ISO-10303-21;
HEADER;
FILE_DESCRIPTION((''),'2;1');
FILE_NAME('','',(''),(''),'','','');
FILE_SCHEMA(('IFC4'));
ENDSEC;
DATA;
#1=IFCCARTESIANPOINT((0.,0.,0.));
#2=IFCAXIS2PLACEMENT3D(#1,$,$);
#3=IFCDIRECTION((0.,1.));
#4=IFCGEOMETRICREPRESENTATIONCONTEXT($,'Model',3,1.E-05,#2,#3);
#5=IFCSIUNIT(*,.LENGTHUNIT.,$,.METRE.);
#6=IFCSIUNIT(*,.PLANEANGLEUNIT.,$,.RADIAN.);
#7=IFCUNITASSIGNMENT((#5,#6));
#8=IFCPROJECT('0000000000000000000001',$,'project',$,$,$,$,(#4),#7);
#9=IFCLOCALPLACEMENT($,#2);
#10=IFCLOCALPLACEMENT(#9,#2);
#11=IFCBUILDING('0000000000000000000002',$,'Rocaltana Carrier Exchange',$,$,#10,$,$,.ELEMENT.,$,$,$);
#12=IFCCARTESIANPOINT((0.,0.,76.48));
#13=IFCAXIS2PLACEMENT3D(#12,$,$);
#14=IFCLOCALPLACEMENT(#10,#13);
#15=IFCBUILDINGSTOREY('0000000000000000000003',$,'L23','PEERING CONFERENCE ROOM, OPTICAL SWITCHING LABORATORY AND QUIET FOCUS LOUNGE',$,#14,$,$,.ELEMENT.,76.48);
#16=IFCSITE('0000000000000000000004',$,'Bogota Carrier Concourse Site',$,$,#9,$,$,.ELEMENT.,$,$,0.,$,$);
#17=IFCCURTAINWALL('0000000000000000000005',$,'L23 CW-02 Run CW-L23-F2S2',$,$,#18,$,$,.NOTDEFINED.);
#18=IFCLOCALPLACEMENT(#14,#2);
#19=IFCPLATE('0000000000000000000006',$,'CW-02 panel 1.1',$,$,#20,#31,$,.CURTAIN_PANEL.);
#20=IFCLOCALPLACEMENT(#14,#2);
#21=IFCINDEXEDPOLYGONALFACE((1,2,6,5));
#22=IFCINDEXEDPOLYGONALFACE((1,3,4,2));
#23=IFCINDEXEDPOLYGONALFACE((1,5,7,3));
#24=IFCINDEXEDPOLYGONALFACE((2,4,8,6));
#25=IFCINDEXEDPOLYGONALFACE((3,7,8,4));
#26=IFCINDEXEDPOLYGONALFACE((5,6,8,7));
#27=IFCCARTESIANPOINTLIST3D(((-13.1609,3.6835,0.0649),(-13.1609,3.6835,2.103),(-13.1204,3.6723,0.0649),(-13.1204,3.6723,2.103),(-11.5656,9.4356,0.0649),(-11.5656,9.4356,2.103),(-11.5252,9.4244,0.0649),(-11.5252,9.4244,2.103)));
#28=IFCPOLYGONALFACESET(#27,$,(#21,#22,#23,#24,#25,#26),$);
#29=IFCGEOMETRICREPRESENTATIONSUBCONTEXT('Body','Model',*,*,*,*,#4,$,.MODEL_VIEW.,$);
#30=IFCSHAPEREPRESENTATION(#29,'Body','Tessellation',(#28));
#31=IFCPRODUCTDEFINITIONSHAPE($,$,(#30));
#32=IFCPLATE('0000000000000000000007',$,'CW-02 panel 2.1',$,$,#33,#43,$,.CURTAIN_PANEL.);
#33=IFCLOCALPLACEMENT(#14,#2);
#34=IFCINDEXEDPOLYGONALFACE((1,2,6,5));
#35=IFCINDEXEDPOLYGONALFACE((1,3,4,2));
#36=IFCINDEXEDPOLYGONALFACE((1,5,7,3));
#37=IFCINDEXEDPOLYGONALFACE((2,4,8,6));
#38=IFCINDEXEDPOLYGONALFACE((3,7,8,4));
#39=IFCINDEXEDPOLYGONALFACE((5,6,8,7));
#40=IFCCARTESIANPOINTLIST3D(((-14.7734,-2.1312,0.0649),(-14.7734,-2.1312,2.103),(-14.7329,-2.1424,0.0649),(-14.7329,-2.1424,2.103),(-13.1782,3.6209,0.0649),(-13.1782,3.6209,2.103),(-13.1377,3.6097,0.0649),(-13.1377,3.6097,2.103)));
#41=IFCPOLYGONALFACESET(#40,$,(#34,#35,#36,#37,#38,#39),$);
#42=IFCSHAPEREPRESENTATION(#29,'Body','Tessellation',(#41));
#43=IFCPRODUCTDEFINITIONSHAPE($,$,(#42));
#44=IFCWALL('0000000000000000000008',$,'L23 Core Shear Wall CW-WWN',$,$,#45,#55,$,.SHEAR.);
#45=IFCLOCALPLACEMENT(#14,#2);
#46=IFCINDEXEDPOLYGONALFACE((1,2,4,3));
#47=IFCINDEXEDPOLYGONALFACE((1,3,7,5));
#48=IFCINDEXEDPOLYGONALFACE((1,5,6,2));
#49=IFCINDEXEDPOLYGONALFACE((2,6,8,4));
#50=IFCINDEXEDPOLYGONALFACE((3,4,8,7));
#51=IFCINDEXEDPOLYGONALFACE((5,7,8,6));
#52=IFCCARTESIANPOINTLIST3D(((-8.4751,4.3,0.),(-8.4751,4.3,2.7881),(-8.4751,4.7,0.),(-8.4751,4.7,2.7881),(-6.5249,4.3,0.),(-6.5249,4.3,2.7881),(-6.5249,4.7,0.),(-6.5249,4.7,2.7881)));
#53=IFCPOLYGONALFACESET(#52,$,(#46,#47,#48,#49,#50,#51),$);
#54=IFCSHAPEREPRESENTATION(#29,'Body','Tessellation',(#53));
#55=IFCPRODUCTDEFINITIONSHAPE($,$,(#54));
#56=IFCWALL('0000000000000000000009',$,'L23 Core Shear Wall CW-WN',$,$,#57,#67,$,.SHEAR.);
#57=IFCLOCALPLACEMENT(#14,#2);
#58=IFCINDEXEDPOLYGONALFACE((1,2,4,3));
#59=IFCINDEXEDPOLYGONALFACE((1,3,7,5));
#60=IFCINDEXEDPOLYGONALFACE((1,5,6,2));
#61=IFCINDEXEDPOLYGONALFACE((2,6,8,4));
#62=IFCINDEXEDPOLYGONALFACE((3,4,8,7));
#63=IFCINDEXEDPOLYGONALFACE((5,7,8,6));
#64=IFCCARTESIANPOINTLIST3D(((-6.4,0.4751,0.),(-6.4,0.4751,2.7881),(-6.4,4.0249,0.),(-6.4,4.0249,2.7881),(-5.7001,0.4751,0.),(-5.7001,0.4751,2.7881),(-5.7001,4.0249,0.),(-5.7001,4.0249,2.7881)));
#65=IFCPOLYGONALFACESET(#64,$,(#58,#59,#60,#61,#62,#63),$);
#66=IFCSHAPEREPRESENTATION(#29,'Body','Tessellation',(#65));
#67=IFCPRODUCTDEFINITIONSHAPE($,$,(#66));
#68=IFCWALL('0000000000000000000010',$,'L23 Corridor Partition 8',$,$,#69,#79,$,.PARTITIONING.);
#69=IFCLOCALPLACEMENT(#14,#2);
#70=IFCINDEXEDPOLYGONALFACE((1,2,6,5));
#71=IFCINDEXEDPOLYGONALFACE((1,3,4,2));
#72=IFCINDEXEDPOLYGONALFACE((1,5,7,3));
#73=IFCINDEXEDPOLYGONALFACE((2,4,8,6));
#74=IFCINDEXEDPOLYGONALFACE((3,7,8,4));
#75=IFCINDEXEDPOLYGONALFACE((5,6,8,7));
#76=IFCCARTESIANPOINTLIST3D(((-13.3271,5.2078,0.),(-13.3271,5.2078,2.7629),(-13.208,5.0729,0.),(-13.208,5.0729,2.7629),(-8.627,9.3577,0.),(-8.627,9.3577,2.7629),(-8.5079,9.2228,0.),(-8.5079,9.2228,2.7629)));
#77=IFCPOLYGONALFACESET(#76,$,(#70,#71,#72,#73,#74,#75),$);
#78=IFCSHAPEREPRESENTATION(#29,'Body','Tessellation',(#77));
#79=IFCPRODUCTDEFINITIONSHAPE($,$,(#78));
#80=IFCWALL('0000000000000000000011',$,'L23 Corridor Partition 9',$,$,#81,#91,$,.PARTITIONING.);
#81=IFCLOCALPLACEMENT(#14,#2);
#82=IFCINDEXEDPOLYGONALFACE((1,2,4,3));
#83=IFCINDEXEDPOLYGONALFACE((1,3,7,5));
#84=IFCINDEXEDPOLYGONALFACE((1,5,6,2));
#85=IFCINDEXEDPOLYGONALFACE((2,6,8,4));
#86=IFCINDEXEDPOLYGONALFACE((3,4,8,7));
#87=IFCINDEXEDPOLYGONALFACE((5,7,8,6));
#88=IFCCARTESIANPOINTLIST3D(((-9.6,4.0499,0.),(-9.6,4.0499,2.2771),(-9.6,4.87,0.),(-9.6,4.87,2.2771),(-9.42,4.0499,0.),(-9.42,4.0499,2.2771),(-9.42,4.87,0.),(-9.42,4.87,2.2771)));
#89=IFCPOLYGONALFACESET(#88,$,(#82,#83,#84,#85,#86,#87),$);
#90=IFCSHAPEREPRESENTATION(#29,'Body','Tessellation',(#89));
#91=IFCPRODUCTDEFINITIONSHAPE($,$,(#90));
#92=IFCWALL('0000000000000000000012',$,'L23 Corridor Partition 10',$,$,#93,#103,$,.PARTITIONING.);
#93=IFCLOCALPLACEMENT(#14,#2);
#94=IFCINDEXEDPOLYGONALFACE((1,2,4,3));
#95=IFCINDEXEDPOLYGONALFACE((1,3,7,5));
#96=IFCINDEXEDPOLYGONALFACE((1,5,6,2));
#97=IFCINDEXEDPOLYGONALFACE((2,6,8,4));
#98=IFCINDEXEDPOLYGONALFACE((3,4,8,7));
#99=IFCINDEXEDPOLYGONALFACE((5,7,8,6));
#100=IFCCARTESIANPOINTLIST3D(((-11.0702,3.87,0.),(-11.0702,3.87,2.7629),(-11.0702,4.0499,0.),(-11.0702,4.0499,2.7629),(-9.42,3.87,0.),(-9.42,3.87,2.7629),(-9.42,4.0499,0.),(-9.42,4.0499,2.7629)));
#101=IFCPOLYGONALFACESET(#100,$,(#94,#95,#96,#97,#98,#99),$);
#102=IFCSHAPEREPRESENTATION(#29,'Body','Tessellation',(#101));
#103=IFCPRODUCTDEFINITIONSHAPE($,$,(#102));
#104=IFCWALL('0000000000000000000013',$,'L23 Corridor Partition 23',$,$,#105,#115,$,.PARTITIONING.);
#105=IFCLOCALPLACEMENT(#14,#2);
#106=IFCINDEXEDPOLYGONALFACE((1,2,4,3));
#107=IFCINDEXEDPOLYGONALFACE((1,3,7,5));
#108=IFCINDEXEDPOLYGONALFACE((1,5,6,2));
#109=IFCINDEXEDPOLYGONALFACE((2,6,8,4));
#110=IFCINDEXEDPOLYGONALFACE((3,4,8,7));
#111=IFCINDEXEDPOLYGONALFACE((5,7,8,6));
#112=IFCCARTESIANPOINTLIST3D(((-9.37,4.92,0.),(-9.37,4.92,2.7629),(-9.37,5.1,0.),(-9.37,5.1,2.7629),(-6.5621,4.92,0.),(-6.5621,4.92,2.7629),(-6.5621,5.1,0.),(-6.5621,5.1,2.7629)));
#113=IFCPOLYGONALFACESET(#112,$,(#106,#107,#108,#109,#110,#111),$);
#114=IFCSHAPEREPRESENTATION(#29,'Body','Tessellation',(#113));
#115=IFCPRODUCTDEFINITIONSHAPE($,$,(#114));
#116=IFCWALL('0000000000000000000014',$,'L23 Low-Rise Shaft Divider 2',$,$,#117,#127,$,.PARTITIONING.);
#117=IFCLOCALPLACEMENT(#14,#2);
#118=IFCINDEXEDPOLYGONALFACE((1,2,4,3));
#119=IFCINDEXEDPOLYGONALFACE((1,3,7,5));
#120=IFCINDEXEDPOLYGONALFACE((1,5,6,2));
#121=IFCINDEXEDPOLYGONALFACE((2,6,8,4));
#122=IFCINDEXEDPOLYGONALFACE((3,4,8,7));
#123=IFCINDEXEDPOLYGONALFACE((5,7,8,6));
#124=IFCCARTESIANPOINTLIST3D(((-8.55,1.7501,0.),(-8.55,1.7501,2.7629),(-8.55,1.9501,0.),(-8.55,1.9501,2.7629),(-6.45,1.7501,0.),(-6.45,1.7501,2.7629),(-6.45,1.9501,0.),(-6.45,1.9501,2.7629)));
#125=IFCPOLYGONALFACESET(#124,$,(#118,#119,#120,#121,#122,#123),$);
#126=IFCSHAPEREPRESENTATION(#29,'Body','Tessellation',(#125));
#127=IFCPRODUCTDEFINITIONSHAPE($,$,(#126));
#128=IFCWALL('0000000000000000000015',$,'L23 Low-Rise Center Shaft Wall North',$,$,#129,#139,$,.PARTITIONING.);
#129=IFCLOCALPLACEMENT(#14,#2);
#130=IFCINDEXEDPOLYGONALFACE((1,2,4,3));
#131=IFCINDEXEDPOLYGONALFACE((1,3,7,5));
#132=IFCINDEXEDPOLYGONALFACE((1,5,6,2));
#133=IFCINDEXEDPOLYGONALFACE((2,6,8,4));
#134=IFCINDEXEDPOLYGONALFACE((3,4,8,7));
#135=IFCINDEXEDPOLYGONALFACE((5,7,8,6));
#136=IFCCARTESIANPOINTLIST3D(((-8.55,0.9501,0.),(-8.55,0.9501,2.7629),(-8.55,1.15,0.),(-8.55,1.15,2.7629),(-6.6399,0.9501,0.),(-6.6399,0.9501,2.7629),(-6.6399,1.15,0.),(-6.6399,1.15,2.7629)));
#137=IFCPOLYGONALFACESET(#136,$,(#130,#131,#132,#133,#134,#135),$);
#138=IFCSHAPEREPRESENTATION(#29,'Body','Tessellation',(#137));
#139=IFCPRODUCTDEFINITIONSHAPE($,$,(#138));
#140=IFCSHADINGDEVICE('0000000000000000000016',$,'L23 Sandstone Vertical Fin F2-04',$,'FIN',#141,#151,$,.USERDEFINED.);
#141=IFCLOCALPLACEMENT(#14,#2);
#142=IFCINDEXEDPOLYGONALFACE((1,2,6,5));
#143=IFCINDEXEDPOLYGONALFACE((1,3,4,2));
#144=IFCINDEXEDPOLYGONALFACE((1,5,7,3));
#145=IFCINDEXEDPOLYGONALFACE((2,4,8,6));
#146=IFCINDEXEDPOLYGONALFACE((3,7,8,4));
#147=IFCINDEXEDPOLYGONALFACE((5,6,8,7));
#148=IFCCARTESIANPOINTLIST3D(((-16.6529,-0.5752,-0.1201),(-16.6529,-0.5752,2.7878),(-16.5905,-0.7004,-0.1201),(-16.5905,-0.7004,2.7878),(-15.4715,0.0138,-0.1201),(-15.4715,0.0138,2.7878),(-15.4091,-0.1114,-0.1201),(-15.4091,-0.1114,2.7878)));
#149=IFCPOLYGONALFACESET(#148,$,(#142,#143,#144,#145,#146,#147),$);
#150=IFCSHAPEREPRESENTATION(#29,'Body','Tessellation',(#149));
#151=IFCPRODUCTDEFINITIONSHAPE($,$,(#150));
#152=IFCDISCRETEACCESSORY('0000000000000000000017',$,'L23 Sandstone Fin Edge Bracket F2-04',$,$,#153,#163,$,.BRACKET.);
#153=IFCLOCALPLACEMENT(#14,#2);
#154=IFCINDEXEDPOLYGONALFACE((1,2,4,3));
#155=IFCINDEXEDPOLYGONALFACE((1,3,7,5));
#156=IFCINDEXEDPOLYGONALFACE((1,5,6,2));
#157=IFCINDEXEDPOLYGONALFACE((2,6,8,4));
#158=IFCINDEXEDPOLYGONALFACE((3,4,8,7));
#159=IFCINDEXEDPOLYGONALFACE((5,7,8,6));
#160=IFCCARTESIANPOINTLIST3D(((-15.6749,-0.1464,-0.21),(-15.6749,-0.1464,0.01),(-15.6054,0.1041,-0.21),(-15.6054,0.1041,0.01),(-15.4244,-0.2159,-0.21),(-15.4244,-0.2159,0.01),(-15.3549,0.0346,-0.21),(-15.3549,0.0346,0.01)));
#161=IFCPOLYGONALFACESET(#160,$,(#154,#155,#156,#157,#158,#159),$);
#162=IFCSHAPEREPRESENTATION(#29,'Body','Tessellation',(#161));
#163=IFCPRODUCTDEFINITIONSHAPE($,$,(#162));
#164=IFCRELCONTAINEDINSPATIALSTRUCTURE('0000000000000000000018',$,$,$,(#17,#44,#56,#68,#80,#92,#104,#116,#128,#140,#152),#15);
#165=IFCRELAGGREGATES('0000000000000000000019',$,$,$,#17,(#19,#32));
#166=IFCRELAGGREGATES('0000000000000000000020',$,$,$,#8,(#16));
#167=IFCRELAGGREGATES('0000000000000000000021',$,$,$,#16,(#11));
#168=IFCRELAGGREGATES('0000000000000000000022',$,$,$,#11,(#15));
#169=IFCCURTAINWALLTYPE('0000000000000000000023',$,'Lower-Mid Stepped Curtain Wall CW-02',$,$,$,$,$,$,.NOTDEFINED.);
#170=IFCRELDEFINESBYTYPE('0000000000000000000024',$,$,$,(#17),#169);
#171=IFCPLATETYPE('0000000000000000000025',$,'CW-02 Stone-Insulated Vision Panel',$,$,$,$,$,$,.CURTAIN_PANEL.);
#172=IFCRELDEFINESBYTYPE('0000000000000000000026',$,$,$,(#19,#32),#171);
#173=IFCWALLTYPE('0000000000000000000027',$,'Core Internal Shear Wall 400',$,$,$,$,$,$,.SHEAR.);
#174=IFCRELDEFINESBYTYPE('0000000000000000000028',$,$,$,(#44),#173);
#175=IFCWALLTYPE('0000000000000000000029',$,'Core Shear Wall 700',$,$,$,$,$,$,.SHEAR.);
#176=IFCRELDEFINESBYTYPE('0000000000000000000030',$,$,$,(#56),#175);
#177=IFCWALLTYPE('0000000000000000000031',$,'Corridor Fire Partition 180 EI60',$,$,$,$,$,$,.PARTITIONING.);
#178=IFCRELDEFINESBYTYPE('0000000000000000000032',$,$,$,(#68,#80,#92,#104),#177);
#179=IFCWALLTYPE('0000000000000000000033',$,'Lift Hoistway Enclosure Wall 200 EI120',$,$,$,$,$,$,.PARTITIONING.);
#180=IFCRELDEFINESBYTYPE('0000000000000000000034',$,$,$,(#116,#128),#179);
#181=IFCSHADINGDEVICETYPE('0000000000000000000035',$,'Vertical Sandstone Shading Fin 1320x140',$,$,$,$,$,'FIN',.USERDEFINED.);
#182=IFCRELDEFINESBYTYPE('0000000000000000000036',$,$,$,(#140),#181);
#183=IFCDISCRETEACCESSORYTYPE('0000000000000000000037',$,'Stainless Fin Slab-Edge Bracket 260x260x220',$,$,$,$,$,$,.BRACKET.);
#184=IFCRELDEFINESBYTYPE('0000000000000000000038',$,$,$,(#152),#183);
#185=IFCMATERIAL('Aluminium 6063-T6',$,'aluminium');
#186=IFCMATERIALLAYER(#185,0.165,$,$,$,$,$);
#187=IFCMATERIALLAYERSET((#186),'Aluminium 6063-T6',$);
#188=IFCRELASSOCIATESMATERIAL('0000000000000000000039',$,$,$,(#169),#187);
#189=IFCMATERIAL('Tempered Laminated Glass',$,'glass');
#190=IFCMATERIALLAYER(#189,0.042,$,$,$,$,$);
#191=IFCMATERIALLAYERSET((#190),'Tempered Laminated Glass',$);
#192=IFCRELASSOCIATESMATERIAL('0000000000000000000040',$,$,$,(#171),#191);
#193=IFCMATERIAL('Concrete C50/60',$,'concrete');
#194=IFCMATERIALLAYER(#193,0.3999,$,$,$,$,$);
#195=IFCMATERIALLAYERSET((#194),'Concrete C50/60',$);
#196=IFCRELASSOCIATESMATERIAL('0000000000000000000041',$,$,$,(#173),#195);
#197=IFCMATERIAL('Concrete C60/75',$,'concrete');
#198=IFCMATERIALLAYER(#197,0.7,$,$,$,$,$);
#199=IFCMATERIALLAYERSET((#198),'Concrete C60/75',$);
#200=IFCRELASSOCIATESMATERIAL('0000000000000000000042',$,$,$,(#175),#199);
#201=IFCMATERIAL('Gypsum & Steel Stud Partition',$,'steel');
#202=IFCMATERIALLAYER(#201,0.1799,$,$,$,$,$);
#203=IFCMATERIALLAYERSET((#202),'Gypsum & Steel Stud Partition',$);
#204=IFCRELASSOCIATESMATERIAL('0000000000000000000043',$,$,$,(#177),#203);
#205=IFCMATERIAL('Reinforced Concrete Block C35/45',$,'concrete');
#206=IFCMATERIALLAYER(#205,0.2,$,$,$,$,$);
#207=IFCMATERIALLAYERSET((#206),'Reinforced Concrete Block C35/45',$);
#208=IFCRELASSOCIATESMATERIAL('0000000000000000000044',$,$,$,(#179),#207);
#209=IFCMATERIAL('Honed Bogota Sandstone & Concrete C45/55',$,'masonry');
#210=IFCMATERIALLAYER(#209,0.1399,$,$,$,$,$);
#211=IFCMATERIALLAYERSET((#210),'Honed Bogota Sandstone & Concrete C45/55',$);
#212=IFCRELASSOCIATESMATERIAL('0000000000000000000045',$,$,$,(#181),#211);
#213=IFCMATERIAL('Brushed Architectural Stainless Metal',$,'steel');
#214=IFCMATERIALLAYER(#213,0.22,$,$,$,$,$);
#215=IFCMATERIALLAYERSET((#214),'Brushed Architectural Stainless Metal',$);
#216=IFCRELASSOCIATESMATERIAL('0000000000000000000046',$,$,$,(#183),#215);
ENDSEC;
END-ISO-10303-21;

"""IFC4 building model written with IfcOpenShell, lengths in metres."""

from ifc_helpers import new_model, si_unit, direction, frame, frame_2d, origin, origin_2d, place, context, subcontext, project, spatial, rectangle, extrude, material, layer, layer_set, type_object, element, aggregate, save


model = new_model("IFC4")

# Units and contexts
model_context = context("Model", 3, precision=1e-05, world=origin(), true_north=direction((0.0, 1.0)))
body_context = subcontext(model_context, "Body", "Model", "MODEL_VIEW")
ifc_project = project(units=[si_unit("LENGTHUNIT", "METRE"), si_unit("PLANEANGLEUNIT", "RADIAN")], contexts=[model_context])

# Site, building, storey
site_placement = place(None, origin())
site = spatial("IfcSite", under=ifc_project, at=site_placement, Name="Bogota Carrier Concourse Site", CompositionType="ELEMENT", RefElevation=0.0)
building_placement = place(site_placement, origin())
building = spatial("IfcBuilding", under=site, at=building_placement, Name="Rocaltana Carrier Exchange", CompositionType="ELEMENT")
storey_placement = place(building_placement, frame((0.0, 0.0, 76.48)))
storey = spatial("IfcBuildingStorey", under=building, at=storey_placement, Name="L23", Description="PEERING CONFERENCE ROOM, OPTICAL SWITCHING LABORATORY AND QUIET FOCUS LOUNGE", CompositionType="ELEMENT", Elevation=76.48)

# Curtain wall
ifc_material_1 = material(Name="Aluminium 6063-T6", Category="aluminium")
ifc_layer_1 = layer(ifc_material_1, 0.165)
ifc_layer_set_1 = layer_set([ifc_layer_1], Name="Aluminium 6063-T6")
curtain_wall_type = type_object("IfcCurtainWallType", Name="Lower-Mid Stepped Curtain Wall CW-02", PredefinedType="NOTDEFINED", material=ifc_layer_set_1)
curtain_wall_placement = place(storey_placement, origin())
curtain_wall = element("IfcCurtainWall", 1, at=curtain_wall_placement, inside=storey, type_object=curtain_wall_type, Name="L23 CW-02 Run CW-L23-F2S2", PredefinedType="NOTDEFINED")

# Plates
ifc_material_2 = material(Name="Tempered Laminated Glass", Category="glass")
ifc_layer_2 = layer(ifc_material_2, 0.042)
ifc_layer_set_2 = layer_set([ifc_layer_2], Name="Tempered Laminated Glass")
plate_type = type_object("IfcPlateType", Name="CW-02 Stone-Insulated Vision Panel", PredefinedType="CURTAIN_PANEL", material=ifc_layer_set_2)
plate_1_placement = place(storey_placement, frame((-12.343, 6.554, 0.0649), z_axis=(0.0, 0.0, 1.0), x_axis=(-0.267238, -0.963631, 0.0)))
plate_1 = element("IfcPlate", 2, at=plate_1_placement, type_object=plate_type, Name="CW-02 panel 1.1", PredefinedType="CURTAIN_PANEL", context=body_context, shape_type="SweptSolid", body=[
    extrude(rectangle(XDim=5.9692, YDim=0.042, at=origin_2d()), origin(), (0.0, 0.0, 1.0), 2.0381),
])
plate_2_placement = place(storey_placement, frame((-13.9556, 0.7393, 0.0649), z_axis=(0.0, 0.0, 1.0), x_axis=(-0.267238, -0.963631, 0.0)))
plate_2 = element("IfcPlate", 3, at=plate_2_placement, type_object=plate_type, Name="CW-02 panel 2.1", PredefinedType="CURTAIN_PANEL", context=body_context, shape_type="SweptSolid", body=[
    extrude(rectangle(XDim=5.9692, YDim=0.042, at=origin_2d()), origin(), (0.0, 0.0, 1.0), 2.0381),
])
aggregate(curtain_wall, [plate_1, plate_2])

# Walls
ifc_material_3 = material(Name="Concrete C50/60", Category="concrete")
ifc_layer_3 = layer(ifc_material_3, 0.3999)
ifc_layer_set_3 = layer_set([ifc_layer_3], Name="Concrete C50/60")
wall_type_1 = type_object("IfcWallType", Name="Core Internal Shear Wall 400", PredefinedType="SHEAR", material=ifc_layer_set_3)
wall_1_placement = place(storey_placement, frame((-8.4751, 4.5, 0.0), z_axis=(0.0, 0.0, 1.0), x_axis=(1.0, 0.0, 0.0)))
element("IfcWall", 4, at=wall_1_placement, inside=storey, type_object=wall_type_1, Name="L23 Core Shear Wall CW-WWN", PredefinedType="SHEAR", context=body_context, shape_type="SweptSolid", body=[
    extrude(rectangle(XDim=1.9502, YDim=0.3999, at=frame_2d((0.9751, 0.0))), origin(), (0.0, 0.0, 1.0), 2.7881),
])
ifc_material_4 = material(Name="Concrete C60/75", Category="concrete")
ifc_layer_4 = layer(ifc_material_4, 0.7)
ifc_layer_set_4 = layer_set([ifc_layer_4], Name="Concrete C60/75")
wall_type_2 = type_object("IfcWallType", Name="Core Shear Wall 700", PredefinedType="SHEAR", material=ifc_layer_set_4)
wall_2_placement = place(storey_placement, frame((-6.05, 0.4751, 0.0), z_axis=(0.0, 0.0, 1.0), x_axis=(0.0, 1.0, 0.0)))
element("IfcWall", 5, at=wall_2_placement, inside=storey, type_object=wall_type_2, Name="L23 Core Shear Wall CW-WN", PredefinedType="SHEAR", context=body_context, shape_type="SweptSolid", body=[
    extrude(rectangle(XDim=3.5498, YDim=0.7, at=frame_2d((1.7749, 0.0))), origin(), (0.0, 0.0, 1.0), 2.7881),
])
ifc_material_5 = material(Name="Gypsum & Steel Stud Partition", Category="steel")
ifc_layer_5 = layer(ifc_material_5, 0.1799)
ifc_layer_set_5 = layer_set([ifc_layer_5], Name="Gypsum & Steel Stud Partition")
wall_type_3 = type_object("IfcWallType", Name="Corridor Fire Partition 180 EI60", PredefinedType="PARTITIONING", material=ifc_layer_set_5)
wall_3_placement = place(storey_placement, frame((-13.2676, 5.1404, 0.0), z_axis=(0.0, 0.0, 1.0), x_axis=(0.749626, 0.661861, 0.0)))
element("IfcWall", 6, at=wall_3_placement, inside=storey, type_object=wall_type_3, Name="L23 Corridor Partition 8", PredefinedType="PARTITIONING", context=body_context, shape_type="SweptSolid", body=[
    extrude(rectangle(XDim=6.27, YDim=0.1799, at=frame_2d((3.135, 0.0))), origin(), (0.0, 0.0, 1.0), 2.7629),
])
wall_4_placement = place(storey_placement, frame((-9.51, 4.8701, 0.0), z_axis=(0.0, 0.0, 1.0), x_axis=(0.0, -1.0, 0.0)))
element("IfcWall", 7, at=wall_4_placement, inside=storey, type_object=wall_type_3, Name="L23 Corridor Partition 9", PredefinedType="PARTITIONING", context=body_context, shape_type="SweptSolid", body=[
    extrude(rectangle(XDim=0.8201, YDim=0.1799, at=frame_2d((0.4102, 0.0))), origin(), (0.0, 0.0, 1.0), 2.2771),
])
wall_5_placement = place(storey_placement, frame((-9.4199, 3.96, 0.0), z_axis=(0.0, 0.0, 1.0), x_axis=(-1.0, 0.0, 0.0)))
element("IfcWall", 8, at=wall_5_placement, inside=storey, type_object=wall_type_3, Name="L23 Corridor Partition 10", PredefinedType="PARTITIONING", context=body_context, shape_type="SweptSolid", body=[
    extrude(rectangle(XDim=1.6501, YDim=0.1799, at=frame_2d((0.8252, 0.0))), origin(), (0.0, 0.0, 1.0), 2.7629),
])
wall_6_placement = place(storey_placement, frame((-6.5623, 5.01, 0.0), z_axis=(0.0, 0.0, 1.0), x_axis=(-1.0, 0.0, 0.0)))
element("IfcWall", 9, at=wall_6_placement, inside=storey, type_object=wall_type_3, Name="L23 Corridor Partition 23", PredefinedType="PARTITIONING", context=body_context, shape_type="SweptSolid", body=[
    extrude(rectangle(XDim=2.8079, YDim=0.1799, at=frame_2d((1.4038, 0.0))), origin(), (0.0, 0.0, 1.0), 2.7629),
])
ifc_material_6 = material(Name="Reinforced Concrete Block C35/45", Category="concrete")
ifc_layer_6 = layer(ifc_material_6, 0.2)
ifc_layer_set_6 = layer_set([ifc_layer_6], Name="Reinforced Concrete Block C35/45")
wall_type_4 = type_object("IfcWallType", Name="Lift Hoistway Enclosure Wall 200 EI120", PredefinedType="PARTITIONING", material=ifc_layer_set_6)
wall_7_placement = place(storey_placement, frame((-8.55, 1.8501, 0.0), z_axis=(0.0, 0.0, 1.0), x_axis=(1.0, 0.0, 0.0)))
element("IfcWall", 10, at=wall_7_placement, inside=storey, type_object=wall_type_4, Name="L23 Low-Rise Shaft Divider 2", PredefinedType="PARTITIONING", context=body_context, shape_type="SweptSolid", body=[
    extrude(rectangle(XDim=2.1001, YDim=0.2, at=frame_2d((1.05, 0.0))), origin(), (0.0, 0.0, 1.0), 2.7629),
])
wall_8_placement = place(storey_placement, frame((-8.55, 1.05, 0.0), z_axis=(0.0, 0.0, 1.0), x_axis=(1.0, 0.0, 0.0)))
element("IfcWall", 11, at=wall_8_placement, inside=storey, type_object=wall_type_4, Name="L23 Low-Rise Center Shaft Wall North", PredefinedType="PARTITIONING", context=body_context, shape_type="SweptSolid", body=[
    extrude(rectangle(XDim=1.9102, YDim=0.2, at=frame_2d((0.9551, 0.0))), origin(), (0.0, 0.0, 1.0), 2.7629),
])

# Shading device
ifc_material_7 = material(Name="Honed Bogota Sandstone & Concrete C45/55", Category="masonry")
ifc_layer_7 = layer(ifc_material_7, 0.1399)
ifc_layer_set_7 = layer_set([ifc_layer_7], Name="Honed Bogota Sandstone & Concrete C45/55")
shading_device_type = type_object("IfcShadingDeviceType", Name="Vertical Sandstone Shading Fin 1320x140", ElementType="FIN", PredefinedType="USERDEFINED", material=ifc_layer_set_7)
shading_device_placement = place(storey_placement, frame((-16.031, -0.3433, -0.1201), z_axis=(0.0, 0.0, 1.0), x_axis=(-0.894934, -0.446198, 0.0)))
element("IfcShadingDevice", 12, at=shading_device_placement, inside=storey, type_object=shading_device_type, Name="L23 Sandstone Vertical Fin F2-04", ObjectType="FIN", PredefinedType="USERDEFINED", context=body_context, shape_type="SweptSolid", body=[
    extrude(rectangle(XDim=1.3201, YDim=0.1399, at=origin_2d()), origin(), (0.0, 0.0, 1.0), 2.908),
])

# Discrete accessory
ifc_material_8 = material(Name="Brushed Architectural Stainless Metal", Category="steel")
ifc_layer_8 = layer(ifc_material_8, 0.22)
ifc_layer_set_8 = layer_set([ifc_layer_8], Name="Brushed Architectural Stainless Metal")
discrete_accessory_type = type_object("IfcDiscreteAccessoryType", Name="Stainless Fin Slab-Edge Bracket 260x260x220", PredefinedType="BRACKET", material=ifc_layer_set_8)
discrete_accessory_placement = place(storey_placement, frame((-15.5149, -0.0559, -0.21), z_axis=(0.0, 0.0, 1.0), x_axis=(-0.267238, -0.96363, 0.0)))
element("IfcDiscreteAccessory", 13, at=discrete_accessory_placement, inside=storey, type_object=discrete_accessory_type, Name="L23 Sandstone Fin Edge Bracket F2-04", PredefinedType="BRACKET", context=body_context, shape_type="SweptSolid", body=[
    extrude(rectangle(XDim=0.26, YDim=0.26, at=origin_2d()), origin(), (0.0, 0.0, 1.0), 0.22),
])

save(model, "model.ifc")
